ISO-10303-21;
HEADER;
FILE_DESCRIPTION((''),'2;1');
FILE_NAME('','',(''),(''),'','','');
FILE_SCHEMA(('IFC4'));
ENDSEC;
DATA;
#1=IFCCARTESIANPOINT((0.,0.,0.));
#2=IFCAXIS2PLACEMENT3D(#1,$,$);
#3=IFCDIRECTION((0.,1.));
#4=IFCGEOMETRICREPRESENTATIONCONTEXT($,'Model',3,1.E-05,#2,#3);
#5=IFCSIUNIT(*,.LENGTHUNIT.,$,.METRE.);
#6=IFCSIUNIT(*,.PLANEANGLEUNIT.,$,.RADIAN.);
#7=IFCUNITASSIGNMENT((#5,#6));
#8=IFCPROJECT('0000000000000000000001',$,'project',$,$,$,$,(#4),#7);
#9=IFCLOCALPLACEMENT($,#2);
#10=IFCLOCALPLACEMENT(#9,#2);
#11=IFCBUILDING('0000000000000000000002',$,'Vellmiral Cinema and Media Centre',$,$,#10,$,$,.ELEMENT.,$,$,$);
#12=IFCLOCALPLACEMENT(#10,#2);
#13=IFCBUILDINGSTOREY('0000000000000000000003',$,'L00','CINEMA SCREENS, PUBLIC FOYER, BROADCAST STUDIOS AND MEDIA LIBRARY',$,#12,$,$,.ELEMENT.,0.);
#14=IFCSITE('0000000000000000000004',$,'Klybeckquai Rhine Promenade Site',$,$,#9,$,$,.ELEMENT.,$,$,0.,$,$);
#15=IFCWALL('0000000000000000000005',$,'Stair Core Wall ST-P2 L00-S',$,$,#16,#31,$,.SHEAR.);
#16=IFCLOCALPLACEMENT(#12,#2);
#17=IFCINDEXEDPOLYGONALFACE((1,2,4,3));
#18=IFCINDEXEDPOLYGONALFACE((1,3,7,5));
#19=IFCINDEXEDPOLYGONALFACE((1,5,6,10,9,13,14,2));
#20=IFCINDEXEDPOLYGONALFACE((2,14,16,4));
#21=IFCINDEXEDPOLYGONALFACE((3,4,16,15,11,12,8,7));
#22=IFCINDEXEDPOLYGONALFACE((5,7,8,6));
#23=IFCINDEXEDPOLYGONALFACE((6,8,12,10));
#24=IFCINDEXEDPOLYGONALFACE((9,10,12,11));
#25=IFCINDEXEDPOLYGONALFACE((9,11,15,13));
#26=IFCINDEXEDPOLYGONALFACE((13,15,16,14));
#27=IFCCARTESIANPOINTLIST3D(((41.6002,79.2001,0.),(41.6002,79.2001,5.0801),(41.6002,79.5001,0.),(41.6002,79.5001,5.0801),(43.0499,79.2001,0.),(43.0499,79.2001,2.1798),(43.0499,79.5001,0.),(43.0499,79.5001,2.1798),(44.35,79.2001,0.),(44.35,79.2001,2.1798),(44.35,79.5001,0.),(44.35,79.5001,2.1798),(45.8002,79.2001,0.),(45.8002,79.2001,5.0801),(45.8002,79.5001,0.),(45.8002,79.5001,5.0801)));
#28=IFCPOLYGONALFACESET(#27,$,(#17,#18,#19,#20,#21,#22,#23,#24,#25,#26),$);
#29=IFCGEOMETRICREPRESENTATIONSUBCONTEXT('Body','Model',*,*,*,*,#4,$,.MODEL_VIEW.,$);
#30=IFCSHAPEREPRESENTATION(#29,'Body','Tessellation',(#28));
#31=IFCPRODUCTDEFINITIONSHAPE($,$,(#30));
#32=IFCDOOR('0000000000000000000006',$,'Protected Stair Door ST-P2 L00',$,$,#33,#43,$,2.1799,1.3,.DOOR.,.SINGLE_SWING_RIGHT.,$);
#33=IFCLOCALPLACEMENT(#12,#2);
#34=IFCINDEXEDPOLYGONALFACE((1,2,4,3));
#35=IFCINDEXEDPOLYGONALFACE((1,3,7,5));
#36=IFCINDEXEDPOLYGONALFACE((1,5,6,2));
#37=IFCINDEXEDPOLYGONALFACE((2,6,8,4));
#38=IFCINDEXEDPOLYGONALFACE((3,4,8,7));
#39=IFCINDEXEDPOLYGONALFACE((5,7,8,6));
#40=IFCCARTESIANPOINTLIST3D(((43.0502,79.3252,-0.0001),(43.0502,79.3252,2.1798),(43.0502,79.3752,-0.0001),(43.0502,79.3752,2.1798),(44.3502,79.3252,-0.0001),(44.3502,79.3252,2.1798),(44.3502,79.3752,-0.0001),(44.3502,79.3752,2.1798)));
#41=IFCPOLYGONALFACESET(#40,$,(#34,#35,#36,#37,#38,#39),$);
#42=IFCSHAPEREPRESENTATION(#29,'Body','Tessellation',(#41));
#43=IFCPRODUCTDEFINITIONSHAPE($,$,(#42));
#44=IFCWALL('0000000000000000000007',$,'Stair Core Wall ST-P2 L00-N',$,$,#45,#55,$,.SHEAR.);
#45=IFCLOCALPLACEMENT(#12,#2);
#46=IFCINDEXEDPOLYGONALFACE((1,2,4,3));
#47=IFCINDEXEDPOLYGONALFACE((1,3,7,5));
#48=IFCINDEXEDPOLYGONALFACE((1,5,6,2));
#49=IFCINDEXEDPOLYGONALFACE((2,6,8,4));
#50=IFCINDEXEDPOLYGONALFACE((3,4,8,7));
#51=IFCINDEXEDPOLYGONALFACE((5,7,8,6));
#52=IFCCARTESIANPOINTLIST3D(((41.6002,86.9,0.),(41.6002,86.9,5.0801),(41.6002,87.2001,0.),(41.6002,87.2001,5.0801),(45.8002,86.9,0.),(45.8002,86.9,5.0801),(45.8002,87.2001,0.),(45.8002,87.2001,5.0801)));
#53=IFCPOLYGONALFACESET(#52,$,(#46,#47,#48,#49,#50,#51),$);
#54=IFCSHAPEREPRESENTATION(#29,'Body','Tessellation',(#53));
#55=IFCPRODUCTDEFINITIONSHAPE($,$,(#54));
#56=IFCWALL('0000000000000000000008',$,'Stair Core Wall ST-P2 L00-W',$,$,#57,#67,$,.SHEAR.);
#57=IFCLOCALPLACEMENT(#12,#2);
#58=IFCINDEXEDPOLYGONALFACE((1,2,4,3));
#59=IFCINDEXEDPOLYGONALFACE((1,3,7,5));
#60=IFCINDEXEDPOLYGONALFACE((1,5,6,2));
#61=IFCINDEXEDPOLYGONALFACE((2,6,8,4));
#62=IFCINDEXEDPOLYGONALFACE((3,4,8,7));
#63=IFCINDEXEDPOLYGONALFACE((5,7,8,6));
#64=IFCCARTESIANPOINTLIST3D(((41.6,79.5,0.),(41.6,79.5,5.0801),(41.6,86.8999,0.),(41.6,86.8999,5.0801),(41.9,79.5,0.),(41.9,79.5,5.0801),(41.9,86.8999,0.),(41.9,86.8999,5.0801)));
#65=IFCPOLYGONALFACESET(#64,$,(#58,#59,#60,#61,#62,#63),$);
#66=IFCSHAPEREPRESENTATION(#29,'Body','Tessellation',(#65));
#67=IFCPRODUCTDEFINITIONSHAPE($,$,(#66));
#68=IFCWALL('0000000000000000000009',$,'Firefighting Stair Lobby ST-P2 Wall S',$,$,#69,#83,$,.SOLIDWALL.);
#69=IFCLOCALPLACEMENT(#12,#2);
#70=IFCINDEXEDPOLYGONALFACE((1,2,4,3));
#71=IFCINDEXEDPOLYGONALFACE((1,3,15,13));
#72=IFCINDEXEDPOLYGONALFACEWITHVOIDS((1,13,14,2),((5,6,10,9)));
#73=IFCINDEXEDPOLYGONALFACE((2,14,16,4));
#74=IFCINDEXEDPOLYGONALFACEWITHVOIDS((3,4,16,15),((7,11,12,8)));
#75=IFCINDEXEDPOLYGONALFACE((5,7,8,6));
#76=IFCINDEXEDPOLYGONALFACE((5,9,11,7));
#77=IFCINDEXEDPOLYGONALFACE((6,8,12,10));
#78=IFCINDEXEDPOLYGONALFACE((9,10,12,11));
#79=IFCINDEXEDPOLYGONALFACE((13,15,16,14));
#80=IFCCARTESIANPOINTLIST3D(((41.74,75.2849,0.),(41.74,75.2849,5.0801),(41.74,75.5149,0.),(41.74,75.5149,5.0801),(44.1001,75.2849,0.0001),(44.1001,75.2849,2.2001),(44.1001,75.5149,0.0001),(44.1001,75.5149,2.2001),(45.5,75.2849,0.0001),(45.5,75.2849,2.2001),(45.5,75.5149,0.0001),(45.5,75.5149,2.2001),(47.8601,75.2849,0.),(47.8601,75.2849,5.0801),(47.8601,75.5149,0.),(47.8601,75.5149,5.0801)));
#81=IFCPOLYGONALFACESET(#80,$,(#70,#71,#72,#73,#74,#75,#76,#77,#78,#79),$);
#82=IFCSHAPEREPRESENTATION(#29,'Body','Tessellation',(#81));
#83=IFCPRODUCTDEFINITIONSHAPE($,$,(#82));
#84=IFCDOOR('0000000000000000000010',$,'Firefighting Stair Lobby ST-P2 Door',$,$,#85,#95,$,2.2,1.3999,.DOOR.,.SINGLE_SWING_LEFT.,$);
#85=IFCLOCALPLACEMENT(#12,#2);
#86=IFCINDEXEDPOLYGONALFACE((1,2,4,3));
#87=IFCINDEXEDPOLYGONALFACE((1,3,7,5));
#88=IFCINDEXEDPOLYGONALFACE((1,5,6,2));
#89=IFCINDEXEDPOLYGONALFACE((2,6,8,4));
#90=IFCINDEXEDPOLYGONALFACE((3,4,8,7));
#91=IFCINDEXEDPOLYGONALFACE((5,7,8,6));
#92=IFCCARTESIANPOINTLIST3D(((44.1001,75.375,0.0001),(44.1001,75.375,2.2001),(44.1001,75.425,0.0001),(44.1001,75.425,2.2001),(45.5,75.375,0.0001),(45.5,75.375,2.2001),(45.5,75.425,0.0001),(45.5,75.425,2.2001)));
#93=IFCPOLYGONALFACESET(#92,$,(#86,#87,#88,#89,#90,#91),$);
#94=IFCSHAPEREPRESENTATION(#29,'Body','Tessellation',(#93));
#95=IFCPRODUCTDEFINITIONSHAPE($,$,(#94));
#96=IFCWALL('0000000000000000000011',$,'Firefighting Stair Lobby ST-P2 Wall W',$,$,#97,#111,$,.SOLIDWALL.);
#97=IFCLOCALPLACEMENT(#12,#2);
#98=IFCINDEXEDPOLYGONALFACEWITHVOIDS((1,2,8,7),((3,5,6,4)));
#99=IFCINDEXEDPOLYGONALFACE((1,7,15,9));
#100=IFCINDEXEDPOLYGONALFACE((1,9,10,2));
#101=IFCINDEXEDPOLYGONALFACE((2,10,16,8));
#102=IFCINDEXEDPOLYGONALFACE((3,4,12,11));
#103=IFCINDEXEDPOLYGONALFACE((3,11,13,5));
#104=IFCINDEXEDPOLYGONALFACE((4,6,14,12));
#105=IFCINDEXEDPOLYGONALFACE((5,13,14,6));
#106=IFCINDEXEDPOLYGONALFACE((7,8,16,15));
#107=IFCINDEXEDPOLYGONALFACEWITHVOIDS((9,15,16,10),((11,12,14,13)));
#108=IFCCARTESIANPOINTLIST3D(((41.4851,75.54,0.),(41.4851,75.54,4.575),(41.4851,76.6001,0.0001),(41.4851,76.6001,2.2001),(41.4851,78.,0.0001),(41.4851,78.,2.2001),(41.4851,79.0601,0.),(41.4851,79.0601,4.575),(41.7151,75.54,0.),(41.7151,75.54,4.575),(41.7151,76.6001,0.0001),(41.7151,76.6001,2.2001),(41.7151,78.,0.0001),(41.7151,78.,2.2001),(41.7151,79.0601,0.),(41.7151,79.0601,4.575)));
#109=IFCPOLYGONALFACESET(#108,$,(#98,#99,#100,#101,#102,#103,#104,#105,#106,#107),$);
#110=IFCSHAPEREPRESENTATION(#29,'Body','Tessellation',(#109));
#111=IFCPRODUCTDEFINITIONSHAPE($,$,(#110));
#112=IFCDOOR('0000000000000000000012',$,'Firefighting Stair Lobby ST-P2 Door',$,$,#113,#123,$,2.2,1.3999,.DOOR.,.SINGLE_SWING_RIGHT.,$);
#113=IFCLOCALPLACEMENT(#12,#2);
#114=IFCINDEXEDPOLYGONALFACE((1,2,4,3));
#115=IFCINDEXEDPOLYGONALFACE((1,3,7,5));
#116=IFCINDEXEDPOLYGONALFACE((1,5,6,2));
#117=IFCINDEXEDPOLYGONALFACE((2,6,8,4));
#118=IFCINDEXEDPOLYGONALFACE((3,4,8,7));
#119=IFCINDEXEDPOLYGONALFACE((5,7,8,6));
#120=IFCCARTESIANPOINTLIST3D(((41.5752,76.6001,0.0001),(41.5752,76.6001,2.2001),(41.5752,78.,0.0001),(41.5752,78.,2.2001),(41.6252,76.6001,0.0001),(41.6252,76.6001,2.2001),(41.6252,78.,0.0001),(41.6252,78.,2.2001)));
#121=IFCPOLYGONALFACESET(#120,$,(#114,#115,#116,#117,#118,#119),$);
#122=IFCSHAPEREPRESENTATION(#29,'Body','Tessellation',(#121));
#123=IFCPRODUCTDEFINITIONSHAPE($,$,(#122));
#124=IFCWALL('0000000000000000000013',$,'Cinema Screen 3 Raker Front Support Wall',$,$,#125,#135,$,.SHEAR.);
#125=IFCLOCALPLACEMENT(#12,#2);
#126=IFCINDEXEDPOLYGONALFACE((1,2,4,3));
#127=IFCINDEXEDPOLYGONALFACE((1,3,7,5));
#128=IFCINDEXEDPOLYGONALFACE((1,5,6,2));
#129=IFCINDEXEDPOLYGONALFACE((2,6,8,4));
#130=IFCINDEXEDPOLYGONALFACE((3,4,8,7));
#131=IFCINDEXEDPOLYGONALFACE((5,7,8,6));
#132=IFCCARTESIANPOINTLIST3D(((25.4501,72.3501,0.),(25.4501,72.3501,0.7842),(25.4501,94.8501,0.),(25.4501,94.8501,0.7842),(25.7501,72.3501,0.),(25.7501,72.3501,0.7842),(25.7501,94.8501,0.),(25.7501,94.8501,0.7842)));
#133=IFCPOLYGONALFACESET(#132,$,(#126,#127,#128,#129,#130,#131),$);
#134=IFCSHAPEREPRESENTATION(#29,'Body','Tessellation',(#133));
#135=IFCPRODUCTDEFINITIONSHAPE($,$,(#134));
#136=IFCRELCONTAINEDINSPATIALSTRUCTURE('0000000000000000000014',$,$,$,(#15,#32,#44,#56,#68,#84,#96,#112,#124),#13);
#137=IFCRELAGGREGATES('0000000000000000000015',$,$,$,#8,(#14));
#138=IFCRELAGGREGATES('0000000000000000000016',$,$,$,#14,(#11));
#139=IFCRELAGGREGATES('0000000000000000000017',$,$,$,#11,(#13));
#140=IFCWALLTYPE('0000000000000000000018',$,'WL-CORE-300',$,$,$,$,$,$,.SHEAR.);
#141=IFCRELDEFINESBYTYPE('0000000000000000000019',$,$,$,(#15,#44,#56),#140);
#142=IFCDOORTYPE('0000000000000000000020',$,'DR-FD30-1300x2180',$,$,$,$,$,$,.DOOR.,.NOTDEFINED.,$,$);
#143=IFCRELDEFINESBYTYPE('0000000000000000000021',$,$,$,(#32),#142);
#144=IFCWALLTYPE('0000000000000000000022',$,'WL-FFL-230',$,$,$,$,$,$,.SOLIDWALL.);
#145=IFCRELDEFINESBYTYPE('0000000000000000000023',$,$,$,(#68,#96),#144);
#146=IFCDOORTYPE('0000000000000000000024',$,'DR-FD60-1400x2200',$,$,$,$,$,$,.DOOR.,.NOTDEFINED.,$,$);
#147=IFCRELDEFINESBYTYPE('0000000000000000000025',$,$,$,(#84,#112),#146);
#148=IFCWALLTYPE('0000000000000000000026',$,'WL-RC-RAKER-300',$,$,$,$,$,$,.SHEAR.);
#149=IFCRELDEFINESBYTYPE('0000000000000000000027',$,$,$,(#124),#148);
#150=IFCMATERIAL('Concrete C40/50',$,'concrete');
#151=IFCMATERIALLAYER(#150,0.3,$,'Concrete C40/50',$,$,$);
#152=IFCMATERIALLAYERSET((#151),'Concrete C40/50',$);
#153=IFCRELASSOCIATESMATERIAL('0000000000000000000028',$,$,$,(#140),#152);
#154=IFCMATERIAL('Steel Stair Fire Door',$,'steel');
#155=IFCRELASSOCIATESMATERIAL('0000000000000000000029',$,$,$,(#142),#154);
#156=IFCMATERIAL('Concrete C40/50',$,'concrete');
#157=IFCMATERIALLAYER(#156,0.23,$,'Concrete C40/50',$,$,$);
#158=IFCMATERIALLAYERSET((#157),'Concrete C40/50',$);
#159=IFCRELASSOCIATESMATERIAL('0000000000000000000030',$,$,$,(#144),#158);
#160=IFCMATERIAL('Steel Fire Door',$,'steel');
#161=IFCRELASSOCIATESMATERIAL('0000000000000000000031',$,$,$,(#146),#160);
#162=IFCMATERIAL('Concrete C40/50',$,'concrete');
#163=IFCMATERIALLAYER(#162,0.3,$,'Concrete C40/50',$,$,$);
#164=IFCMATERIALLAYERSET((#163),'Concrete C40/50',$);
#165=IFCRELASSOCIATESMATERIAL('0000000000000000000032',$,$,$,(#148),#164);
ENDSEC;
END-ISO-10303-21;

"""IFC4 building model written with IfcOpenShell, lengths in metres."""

from ifc_helpers import new_model, si_unit, direction, frame, frame_2d, origin, place, context, subcontext, project, spatial, rectangle, extrude, material, layer, layer_set, type_object, element, fill, save


model = new_model("IFC4")

# Units and contexts
model_context = context("Model", 3, precision=1e-05, world=origin(), true_north=direction((0.0, 1.0)))
body_context = subcontext(model_context, "Body", "Model", "MODEL_VIEW")
ifc_project = project(units=[si_unit("LENGTHUNIT", "METRE"), si_unit("PLANEANGLEUNIT", "RADIAN")], contexts=[model_context])

# Site, building, storey
site_placement = place(None, origin())
site = spatial("IfcSite", under=ifc_project, at=site_placement, Name="Klybeckquai Rhine Promenade Site", CompositionType="ELEMENT", RefElevation=0.0)
building_placement = place(site_placement, origin())
building = spatial("IfcBuilding", under=site, at=building_placement, Name="Vellmiral Cinema and Media Centre", CompositionType="ELEMENT")
storey_placement = place(building_placement, origin())
storey = spatial("IfcBuildingStorey", under=building, at=storey_placement, Name="L00", Description="CINEMA SCREENS, PUBLIC FOYER, BROADCAST STUDIOS AND MEDIA LIBRARY", CompositionType="ELEMENT", Elevation=0.0)

# Wall, opening, door
ifc_material_1 = material(Name="Concrete C40/50", Category="concrete")
ifc_layer_1 = layer(ifc_material_1, 0.3, Name="Concrete C40/50")
ifc_layer_set_1 = layer_set([ifc_layer_1], Name="Concrete C40/50")
wall_type_1 = type_object("IfcWallType", Name="WL-CORE-300", PredefinedType="SHEAR", material=ifc_layer_set_1)
wall_1_placement = place(storey_placement, frame((41.6001, 79.3501, 0.0), z_axis=(0.0, 0.0, 1.0), x_axis=(1.0, 0.0, 0.0)))
wall_1 = element("IfcWall", 1, at=wall_1_placement, inside=storey, type_object=wall_type_1, Name="Stair Core Wall ST-P2 L00-S", PredefinedType="SHEAR", context=body_context, shape_type="SweptSolid", body=[
    extrude(rectangle(XDim=4.2, YDim=0.3, at=frame_2d((2.1001, 0.0))), origin(), (0.0, 0.0, 1.0), 5.0801),
])
opening_1_placement = place(wall_1_placement, frame((1.45, 0.0, 0.0)))
opening_1 = element("IfcOpeningElement", 2, at=opening_1_placement, cuts=wall_1, PredefinedType="OPENING", context=body_context, shape_type="SweptSolid", body=[
    extrude(rectangle(XDim=1.3, YDim=2.1799, at=frame_2d((0.6499, 1.0898))), frame((0.0, 0.1621, 0.0), z_axis=(0.0, -1.0, 0.0), x_axis=(1.0, 0.0, 0.0)), (0.0, 0.0, 1.0), 0.324),
])
ifc_material_2 = material(Name="Steel Stair Fire Door", Category="steel")
door_type_1 = type_object("IfcDoorType", Name="DR-FD30-1300x2180", OperationType="NOTDEFINED", PredefinedType="DOOR", material=ifc_material_2)
door_1_placement = place(opening_1_placement, frame((1.3, 0.0, 0.0), z_axis=(0.0, 0.0, 1.0), x_axis=(-1.0, 0.0, 0.0)))
door_1 = element("IfcDoor", 3, at=door_1_placement, inside=storey, type_object=door_type_1, Name="Protected Stair Door ST-P2 L00", OperationType="SINGLE_SWING_RIGHT", OverallHeight=2.1799, OverallWidth=1.3, PredefinedType="DOOR", context=body_context, shape_type="SweptSolid", body=[
    extrude(rectangle(XDim=1.3, YDim=2.1799, at=frame_2d((0.6499, 1.0898))), frame((0.0, 0.0249, 0.0), z_axis=(0.0, -1.0, 0.0), x_axis=(1.0, 0.0, 0.0)), (0.0, 0.0, 1.0), 0.05),
])
fill(opening_1, door_1)

# Walls
wall_2_placement = place(storey_placement, frame((41.6001, 87.05, 0.0), z_axis=(0.0, 0.0, 1.0), x_axis=(1.0, 0.0, 0.0)))
element("IfcWall", 4, at=wall_2_placement, inside=storey, type_object=wall_type_1, Name="Stair Core Wall ST-P2 L00-N", PredefinedType="SHEAR", context=body_context, shape_type="SweptSolid", body=[
    extrude(rectangle(XDim=4.2, YDim=0.3, at=frame_2d((2.1001, 0.0))), origin(), (0.0, 0.0, 1.0), 5.0801),
])
wall_3_placement = place(storey_placement, frame((41.75, 79.5, 0.0), z_axis=(0.0, 0.0, 1.0), x_axis=(0.0, 1.0, 0.0)))
element("IfcWall", 5, at=wall_3_placement, inside=storey, type_object=wall_type_1, Name="Stair Core Wall ST-P2 L00-W", PredefinedType="SHEAR", context=body_context, shape_type="SweptSolid", body=[
    extrude(rectangle(XDim=7.3999, YDim=0.3, at=frame_2d((3.7, 0.0))), origin(), (0.0, 0.0, 1.0), 5.0801),
])

# Walls, openings, doors
ifc_material_3 = material(Name="Concrete C40/50", Category="concrete")
ifc_layer_2 = layer(ifc_material_3, 0.23, Name="Concrete C40/50")
ifc_layer_set_2 = layer_set([ifc_layer_2], Name="Concrete C40/50")
wall_type_2 = type_object("IfcWallType", Name="WL-FFL-230", PredefinedType="SOLIDWALL", material=ifc_layer_set_2)
wall_4_placement = place(storey_placement, frame((41.74, 75.3999, 0.0), z_axis=(0.0, 0.0, 1.0), x_axis=(1.0, 0.0, 0.0)))
wall_4 = element("IfcWall", 6, at=wall_4_placement, inside=storey, type_object=wall_type_2, Name="Firefighting Stair Lobby ST-P2 Wall S", PredefinedType="SOLIDWALL", context=body_context, shape_type="SweptSolid", body=[
    extrude(rectangle(XDim=6.1201, YDim=0.23, at=frame_2d((3.0601, 0.0))), origin(), (0.0, 0.0, 1.0), 5.0801),
])
opening_2_placement = place(wall_4_placement, frame((2.3601, 0.0, 0.0)))
opening_2 = element("IfcOpeningElement", 7, at=opening_2_placement, cuts=wall_4, PredefinedType="OPENING", context=body_context, shape_type="SweptSolid", body=[
    extrude(rectangle(XDim=1.3999, YDim=2.2, at=frame_2d((0.7, 1.1001))), frame((0.0, 0.127, 0.0), z_axis=(0.0, -1.0, 0.0), x_axis=(1.0, 0.0, 0.0)), (0.0, 0.0, 1.0), 0.2539),
])
ifc_material_4 = material(Name="Steel Fire Door", Category="steel")
door_type_2 = type_object("IfcDoorType", Name="DR-FD60-1400x2200", OperationType="NOTDEFINED", PredefinedType="DOOR", material=ifc_material_4)
door_2_placement = place(opening_2_placement, frame((1.3999, 0.0, 0.0), z_axis=(0.0, 0.0, 1.0), x_axis=(-1.0, 0.0, 0.0)))
door_2 = element("IfcDoor", 8, at=door_2_placement, inside=storey, type_object=door_type_2, Name="Firefighting Stair Lobby ST-P2 Door", OperationType="SINGLE_SWING_LEFT", OverallHeight=2.2, OverallWidth=1.3999, PredefinedType="DOOR", context=body_context, shape_type="SweptSolid", body=[
    extrude(rectangle(XDim=1.3999, YDim=2.2, at=frame_2d((0.7, 1.1001))), frame((0.0, 0.0249, 0.0), z_axis=(0.0, -1.0, 0.0), x_axis=(1.0, 0.0, 0.0)), (0.0, 0.0, 1.0), 0.05),
])
fill(opening_2, door_2)
wall_5_placement = place(storey_placement, frame((41.6001, 75.54, 0.0), z_axis=(0.0, 0.0, 1.0), x_axis=(0.0, 1.0, 0.0)))
wall_5 = element("IfcWall", 9, at=wall_5_placement, inside=storey, type_object=wall_type_2, Name="Firefighting Stair Lobby ST-P2 Wall W", PredefinedType="SOLIDWALL", context=body_context, shape_type="SweptSolid", body=[
    extrude(rectangle(XDim=3.52, YDim=0.23, at=frame_2d((1.76, 0.0))), origin(), (0.0, 0.0, 1.0), 4.575),
])
opening_3_placement = place(wall_5_placement, frame((1.0601, 0.0, 0.0)))
opening_3 = element("IfcOpeningElement", 10, at=opening_3_placement, cuts=wall_5, PredefinedType="OPENING", context=body_context, shape_type="SweptSolid", body=[
    extrude(rectangle(XDim=1.3999, YDim=2.2, at=frame_2d((0.7, 1.1001))), frame((0.0, 0.127, 0.0), z_axis=(0.0, -1.0, 0.0), x_axis=(1.0, 0.0, 0.0)), (0.0, 0.0, 1.0), 0.2539),
])
door_3_placement = place(opening_3_placement, origin())
door_3 = element("IfcDoor", 11, at=door_3_placement, inside=storey, type_object=door_type_2, Name="Firefighting Stair Lobby ST-P2 Door", OperationType="SINGLE_SWING_RIGHT", OverallHeight=2.2, OverallWidth=1.3999, PredefinedType="DOOR", context=body_context, shape_type="SweptSolid", body=[
    extrude(rectangle(XDim=1.3999, YDim=2.2, at=frame_2d((0.7, 1.1001))), frame((0.0, 0.0249, 0.0), z_axis=(0.0, -1.0, 0.0), x_axis=(1.0, 0.0, 0.0)), (0.0, 0.0, 1.0), 0.05),
])
fill(opening_3, door_3)

# Wall
ifc_material_5 = material(Name="Concrete C40/50", Category="concrete")
ifc_layer_3 = layer(ifc_material_5, 0.3, Name="Concrete C40/50")
ifc_layer_set_3 = layer_set([ifc_layer_3], Name="Concrete C40/50")
wall_type_3 = type_object("IfcWallType", Name="WL-RC-RAKER-300", PredefinedType="SHEAR", material=ifc_layer_set_3)
wall_6_placement = place(storey_placement, frame((25.6001, 72.3501, 0.0), z_axis=(0.0, 0.0, 1.0), x_axis=(0.0, 1.0, 0.0)))
element("IfcWall", 12, at=wall_6_placement, inside=storey, type_object=wall_type_3, Name="Cinema Screen 3 Raker Front Support Wall", PredefinedType="SHEAR", context=body_context, shape_type="SweptSolid", body=[
    extrude(rectangle(XDim=22.5, YDim=0.3, at=frame_2d((11.25, 0.0))), origin(), (0.0, 0.0, 1.0), 0.7842),
])

save(model, "model.ifc")
